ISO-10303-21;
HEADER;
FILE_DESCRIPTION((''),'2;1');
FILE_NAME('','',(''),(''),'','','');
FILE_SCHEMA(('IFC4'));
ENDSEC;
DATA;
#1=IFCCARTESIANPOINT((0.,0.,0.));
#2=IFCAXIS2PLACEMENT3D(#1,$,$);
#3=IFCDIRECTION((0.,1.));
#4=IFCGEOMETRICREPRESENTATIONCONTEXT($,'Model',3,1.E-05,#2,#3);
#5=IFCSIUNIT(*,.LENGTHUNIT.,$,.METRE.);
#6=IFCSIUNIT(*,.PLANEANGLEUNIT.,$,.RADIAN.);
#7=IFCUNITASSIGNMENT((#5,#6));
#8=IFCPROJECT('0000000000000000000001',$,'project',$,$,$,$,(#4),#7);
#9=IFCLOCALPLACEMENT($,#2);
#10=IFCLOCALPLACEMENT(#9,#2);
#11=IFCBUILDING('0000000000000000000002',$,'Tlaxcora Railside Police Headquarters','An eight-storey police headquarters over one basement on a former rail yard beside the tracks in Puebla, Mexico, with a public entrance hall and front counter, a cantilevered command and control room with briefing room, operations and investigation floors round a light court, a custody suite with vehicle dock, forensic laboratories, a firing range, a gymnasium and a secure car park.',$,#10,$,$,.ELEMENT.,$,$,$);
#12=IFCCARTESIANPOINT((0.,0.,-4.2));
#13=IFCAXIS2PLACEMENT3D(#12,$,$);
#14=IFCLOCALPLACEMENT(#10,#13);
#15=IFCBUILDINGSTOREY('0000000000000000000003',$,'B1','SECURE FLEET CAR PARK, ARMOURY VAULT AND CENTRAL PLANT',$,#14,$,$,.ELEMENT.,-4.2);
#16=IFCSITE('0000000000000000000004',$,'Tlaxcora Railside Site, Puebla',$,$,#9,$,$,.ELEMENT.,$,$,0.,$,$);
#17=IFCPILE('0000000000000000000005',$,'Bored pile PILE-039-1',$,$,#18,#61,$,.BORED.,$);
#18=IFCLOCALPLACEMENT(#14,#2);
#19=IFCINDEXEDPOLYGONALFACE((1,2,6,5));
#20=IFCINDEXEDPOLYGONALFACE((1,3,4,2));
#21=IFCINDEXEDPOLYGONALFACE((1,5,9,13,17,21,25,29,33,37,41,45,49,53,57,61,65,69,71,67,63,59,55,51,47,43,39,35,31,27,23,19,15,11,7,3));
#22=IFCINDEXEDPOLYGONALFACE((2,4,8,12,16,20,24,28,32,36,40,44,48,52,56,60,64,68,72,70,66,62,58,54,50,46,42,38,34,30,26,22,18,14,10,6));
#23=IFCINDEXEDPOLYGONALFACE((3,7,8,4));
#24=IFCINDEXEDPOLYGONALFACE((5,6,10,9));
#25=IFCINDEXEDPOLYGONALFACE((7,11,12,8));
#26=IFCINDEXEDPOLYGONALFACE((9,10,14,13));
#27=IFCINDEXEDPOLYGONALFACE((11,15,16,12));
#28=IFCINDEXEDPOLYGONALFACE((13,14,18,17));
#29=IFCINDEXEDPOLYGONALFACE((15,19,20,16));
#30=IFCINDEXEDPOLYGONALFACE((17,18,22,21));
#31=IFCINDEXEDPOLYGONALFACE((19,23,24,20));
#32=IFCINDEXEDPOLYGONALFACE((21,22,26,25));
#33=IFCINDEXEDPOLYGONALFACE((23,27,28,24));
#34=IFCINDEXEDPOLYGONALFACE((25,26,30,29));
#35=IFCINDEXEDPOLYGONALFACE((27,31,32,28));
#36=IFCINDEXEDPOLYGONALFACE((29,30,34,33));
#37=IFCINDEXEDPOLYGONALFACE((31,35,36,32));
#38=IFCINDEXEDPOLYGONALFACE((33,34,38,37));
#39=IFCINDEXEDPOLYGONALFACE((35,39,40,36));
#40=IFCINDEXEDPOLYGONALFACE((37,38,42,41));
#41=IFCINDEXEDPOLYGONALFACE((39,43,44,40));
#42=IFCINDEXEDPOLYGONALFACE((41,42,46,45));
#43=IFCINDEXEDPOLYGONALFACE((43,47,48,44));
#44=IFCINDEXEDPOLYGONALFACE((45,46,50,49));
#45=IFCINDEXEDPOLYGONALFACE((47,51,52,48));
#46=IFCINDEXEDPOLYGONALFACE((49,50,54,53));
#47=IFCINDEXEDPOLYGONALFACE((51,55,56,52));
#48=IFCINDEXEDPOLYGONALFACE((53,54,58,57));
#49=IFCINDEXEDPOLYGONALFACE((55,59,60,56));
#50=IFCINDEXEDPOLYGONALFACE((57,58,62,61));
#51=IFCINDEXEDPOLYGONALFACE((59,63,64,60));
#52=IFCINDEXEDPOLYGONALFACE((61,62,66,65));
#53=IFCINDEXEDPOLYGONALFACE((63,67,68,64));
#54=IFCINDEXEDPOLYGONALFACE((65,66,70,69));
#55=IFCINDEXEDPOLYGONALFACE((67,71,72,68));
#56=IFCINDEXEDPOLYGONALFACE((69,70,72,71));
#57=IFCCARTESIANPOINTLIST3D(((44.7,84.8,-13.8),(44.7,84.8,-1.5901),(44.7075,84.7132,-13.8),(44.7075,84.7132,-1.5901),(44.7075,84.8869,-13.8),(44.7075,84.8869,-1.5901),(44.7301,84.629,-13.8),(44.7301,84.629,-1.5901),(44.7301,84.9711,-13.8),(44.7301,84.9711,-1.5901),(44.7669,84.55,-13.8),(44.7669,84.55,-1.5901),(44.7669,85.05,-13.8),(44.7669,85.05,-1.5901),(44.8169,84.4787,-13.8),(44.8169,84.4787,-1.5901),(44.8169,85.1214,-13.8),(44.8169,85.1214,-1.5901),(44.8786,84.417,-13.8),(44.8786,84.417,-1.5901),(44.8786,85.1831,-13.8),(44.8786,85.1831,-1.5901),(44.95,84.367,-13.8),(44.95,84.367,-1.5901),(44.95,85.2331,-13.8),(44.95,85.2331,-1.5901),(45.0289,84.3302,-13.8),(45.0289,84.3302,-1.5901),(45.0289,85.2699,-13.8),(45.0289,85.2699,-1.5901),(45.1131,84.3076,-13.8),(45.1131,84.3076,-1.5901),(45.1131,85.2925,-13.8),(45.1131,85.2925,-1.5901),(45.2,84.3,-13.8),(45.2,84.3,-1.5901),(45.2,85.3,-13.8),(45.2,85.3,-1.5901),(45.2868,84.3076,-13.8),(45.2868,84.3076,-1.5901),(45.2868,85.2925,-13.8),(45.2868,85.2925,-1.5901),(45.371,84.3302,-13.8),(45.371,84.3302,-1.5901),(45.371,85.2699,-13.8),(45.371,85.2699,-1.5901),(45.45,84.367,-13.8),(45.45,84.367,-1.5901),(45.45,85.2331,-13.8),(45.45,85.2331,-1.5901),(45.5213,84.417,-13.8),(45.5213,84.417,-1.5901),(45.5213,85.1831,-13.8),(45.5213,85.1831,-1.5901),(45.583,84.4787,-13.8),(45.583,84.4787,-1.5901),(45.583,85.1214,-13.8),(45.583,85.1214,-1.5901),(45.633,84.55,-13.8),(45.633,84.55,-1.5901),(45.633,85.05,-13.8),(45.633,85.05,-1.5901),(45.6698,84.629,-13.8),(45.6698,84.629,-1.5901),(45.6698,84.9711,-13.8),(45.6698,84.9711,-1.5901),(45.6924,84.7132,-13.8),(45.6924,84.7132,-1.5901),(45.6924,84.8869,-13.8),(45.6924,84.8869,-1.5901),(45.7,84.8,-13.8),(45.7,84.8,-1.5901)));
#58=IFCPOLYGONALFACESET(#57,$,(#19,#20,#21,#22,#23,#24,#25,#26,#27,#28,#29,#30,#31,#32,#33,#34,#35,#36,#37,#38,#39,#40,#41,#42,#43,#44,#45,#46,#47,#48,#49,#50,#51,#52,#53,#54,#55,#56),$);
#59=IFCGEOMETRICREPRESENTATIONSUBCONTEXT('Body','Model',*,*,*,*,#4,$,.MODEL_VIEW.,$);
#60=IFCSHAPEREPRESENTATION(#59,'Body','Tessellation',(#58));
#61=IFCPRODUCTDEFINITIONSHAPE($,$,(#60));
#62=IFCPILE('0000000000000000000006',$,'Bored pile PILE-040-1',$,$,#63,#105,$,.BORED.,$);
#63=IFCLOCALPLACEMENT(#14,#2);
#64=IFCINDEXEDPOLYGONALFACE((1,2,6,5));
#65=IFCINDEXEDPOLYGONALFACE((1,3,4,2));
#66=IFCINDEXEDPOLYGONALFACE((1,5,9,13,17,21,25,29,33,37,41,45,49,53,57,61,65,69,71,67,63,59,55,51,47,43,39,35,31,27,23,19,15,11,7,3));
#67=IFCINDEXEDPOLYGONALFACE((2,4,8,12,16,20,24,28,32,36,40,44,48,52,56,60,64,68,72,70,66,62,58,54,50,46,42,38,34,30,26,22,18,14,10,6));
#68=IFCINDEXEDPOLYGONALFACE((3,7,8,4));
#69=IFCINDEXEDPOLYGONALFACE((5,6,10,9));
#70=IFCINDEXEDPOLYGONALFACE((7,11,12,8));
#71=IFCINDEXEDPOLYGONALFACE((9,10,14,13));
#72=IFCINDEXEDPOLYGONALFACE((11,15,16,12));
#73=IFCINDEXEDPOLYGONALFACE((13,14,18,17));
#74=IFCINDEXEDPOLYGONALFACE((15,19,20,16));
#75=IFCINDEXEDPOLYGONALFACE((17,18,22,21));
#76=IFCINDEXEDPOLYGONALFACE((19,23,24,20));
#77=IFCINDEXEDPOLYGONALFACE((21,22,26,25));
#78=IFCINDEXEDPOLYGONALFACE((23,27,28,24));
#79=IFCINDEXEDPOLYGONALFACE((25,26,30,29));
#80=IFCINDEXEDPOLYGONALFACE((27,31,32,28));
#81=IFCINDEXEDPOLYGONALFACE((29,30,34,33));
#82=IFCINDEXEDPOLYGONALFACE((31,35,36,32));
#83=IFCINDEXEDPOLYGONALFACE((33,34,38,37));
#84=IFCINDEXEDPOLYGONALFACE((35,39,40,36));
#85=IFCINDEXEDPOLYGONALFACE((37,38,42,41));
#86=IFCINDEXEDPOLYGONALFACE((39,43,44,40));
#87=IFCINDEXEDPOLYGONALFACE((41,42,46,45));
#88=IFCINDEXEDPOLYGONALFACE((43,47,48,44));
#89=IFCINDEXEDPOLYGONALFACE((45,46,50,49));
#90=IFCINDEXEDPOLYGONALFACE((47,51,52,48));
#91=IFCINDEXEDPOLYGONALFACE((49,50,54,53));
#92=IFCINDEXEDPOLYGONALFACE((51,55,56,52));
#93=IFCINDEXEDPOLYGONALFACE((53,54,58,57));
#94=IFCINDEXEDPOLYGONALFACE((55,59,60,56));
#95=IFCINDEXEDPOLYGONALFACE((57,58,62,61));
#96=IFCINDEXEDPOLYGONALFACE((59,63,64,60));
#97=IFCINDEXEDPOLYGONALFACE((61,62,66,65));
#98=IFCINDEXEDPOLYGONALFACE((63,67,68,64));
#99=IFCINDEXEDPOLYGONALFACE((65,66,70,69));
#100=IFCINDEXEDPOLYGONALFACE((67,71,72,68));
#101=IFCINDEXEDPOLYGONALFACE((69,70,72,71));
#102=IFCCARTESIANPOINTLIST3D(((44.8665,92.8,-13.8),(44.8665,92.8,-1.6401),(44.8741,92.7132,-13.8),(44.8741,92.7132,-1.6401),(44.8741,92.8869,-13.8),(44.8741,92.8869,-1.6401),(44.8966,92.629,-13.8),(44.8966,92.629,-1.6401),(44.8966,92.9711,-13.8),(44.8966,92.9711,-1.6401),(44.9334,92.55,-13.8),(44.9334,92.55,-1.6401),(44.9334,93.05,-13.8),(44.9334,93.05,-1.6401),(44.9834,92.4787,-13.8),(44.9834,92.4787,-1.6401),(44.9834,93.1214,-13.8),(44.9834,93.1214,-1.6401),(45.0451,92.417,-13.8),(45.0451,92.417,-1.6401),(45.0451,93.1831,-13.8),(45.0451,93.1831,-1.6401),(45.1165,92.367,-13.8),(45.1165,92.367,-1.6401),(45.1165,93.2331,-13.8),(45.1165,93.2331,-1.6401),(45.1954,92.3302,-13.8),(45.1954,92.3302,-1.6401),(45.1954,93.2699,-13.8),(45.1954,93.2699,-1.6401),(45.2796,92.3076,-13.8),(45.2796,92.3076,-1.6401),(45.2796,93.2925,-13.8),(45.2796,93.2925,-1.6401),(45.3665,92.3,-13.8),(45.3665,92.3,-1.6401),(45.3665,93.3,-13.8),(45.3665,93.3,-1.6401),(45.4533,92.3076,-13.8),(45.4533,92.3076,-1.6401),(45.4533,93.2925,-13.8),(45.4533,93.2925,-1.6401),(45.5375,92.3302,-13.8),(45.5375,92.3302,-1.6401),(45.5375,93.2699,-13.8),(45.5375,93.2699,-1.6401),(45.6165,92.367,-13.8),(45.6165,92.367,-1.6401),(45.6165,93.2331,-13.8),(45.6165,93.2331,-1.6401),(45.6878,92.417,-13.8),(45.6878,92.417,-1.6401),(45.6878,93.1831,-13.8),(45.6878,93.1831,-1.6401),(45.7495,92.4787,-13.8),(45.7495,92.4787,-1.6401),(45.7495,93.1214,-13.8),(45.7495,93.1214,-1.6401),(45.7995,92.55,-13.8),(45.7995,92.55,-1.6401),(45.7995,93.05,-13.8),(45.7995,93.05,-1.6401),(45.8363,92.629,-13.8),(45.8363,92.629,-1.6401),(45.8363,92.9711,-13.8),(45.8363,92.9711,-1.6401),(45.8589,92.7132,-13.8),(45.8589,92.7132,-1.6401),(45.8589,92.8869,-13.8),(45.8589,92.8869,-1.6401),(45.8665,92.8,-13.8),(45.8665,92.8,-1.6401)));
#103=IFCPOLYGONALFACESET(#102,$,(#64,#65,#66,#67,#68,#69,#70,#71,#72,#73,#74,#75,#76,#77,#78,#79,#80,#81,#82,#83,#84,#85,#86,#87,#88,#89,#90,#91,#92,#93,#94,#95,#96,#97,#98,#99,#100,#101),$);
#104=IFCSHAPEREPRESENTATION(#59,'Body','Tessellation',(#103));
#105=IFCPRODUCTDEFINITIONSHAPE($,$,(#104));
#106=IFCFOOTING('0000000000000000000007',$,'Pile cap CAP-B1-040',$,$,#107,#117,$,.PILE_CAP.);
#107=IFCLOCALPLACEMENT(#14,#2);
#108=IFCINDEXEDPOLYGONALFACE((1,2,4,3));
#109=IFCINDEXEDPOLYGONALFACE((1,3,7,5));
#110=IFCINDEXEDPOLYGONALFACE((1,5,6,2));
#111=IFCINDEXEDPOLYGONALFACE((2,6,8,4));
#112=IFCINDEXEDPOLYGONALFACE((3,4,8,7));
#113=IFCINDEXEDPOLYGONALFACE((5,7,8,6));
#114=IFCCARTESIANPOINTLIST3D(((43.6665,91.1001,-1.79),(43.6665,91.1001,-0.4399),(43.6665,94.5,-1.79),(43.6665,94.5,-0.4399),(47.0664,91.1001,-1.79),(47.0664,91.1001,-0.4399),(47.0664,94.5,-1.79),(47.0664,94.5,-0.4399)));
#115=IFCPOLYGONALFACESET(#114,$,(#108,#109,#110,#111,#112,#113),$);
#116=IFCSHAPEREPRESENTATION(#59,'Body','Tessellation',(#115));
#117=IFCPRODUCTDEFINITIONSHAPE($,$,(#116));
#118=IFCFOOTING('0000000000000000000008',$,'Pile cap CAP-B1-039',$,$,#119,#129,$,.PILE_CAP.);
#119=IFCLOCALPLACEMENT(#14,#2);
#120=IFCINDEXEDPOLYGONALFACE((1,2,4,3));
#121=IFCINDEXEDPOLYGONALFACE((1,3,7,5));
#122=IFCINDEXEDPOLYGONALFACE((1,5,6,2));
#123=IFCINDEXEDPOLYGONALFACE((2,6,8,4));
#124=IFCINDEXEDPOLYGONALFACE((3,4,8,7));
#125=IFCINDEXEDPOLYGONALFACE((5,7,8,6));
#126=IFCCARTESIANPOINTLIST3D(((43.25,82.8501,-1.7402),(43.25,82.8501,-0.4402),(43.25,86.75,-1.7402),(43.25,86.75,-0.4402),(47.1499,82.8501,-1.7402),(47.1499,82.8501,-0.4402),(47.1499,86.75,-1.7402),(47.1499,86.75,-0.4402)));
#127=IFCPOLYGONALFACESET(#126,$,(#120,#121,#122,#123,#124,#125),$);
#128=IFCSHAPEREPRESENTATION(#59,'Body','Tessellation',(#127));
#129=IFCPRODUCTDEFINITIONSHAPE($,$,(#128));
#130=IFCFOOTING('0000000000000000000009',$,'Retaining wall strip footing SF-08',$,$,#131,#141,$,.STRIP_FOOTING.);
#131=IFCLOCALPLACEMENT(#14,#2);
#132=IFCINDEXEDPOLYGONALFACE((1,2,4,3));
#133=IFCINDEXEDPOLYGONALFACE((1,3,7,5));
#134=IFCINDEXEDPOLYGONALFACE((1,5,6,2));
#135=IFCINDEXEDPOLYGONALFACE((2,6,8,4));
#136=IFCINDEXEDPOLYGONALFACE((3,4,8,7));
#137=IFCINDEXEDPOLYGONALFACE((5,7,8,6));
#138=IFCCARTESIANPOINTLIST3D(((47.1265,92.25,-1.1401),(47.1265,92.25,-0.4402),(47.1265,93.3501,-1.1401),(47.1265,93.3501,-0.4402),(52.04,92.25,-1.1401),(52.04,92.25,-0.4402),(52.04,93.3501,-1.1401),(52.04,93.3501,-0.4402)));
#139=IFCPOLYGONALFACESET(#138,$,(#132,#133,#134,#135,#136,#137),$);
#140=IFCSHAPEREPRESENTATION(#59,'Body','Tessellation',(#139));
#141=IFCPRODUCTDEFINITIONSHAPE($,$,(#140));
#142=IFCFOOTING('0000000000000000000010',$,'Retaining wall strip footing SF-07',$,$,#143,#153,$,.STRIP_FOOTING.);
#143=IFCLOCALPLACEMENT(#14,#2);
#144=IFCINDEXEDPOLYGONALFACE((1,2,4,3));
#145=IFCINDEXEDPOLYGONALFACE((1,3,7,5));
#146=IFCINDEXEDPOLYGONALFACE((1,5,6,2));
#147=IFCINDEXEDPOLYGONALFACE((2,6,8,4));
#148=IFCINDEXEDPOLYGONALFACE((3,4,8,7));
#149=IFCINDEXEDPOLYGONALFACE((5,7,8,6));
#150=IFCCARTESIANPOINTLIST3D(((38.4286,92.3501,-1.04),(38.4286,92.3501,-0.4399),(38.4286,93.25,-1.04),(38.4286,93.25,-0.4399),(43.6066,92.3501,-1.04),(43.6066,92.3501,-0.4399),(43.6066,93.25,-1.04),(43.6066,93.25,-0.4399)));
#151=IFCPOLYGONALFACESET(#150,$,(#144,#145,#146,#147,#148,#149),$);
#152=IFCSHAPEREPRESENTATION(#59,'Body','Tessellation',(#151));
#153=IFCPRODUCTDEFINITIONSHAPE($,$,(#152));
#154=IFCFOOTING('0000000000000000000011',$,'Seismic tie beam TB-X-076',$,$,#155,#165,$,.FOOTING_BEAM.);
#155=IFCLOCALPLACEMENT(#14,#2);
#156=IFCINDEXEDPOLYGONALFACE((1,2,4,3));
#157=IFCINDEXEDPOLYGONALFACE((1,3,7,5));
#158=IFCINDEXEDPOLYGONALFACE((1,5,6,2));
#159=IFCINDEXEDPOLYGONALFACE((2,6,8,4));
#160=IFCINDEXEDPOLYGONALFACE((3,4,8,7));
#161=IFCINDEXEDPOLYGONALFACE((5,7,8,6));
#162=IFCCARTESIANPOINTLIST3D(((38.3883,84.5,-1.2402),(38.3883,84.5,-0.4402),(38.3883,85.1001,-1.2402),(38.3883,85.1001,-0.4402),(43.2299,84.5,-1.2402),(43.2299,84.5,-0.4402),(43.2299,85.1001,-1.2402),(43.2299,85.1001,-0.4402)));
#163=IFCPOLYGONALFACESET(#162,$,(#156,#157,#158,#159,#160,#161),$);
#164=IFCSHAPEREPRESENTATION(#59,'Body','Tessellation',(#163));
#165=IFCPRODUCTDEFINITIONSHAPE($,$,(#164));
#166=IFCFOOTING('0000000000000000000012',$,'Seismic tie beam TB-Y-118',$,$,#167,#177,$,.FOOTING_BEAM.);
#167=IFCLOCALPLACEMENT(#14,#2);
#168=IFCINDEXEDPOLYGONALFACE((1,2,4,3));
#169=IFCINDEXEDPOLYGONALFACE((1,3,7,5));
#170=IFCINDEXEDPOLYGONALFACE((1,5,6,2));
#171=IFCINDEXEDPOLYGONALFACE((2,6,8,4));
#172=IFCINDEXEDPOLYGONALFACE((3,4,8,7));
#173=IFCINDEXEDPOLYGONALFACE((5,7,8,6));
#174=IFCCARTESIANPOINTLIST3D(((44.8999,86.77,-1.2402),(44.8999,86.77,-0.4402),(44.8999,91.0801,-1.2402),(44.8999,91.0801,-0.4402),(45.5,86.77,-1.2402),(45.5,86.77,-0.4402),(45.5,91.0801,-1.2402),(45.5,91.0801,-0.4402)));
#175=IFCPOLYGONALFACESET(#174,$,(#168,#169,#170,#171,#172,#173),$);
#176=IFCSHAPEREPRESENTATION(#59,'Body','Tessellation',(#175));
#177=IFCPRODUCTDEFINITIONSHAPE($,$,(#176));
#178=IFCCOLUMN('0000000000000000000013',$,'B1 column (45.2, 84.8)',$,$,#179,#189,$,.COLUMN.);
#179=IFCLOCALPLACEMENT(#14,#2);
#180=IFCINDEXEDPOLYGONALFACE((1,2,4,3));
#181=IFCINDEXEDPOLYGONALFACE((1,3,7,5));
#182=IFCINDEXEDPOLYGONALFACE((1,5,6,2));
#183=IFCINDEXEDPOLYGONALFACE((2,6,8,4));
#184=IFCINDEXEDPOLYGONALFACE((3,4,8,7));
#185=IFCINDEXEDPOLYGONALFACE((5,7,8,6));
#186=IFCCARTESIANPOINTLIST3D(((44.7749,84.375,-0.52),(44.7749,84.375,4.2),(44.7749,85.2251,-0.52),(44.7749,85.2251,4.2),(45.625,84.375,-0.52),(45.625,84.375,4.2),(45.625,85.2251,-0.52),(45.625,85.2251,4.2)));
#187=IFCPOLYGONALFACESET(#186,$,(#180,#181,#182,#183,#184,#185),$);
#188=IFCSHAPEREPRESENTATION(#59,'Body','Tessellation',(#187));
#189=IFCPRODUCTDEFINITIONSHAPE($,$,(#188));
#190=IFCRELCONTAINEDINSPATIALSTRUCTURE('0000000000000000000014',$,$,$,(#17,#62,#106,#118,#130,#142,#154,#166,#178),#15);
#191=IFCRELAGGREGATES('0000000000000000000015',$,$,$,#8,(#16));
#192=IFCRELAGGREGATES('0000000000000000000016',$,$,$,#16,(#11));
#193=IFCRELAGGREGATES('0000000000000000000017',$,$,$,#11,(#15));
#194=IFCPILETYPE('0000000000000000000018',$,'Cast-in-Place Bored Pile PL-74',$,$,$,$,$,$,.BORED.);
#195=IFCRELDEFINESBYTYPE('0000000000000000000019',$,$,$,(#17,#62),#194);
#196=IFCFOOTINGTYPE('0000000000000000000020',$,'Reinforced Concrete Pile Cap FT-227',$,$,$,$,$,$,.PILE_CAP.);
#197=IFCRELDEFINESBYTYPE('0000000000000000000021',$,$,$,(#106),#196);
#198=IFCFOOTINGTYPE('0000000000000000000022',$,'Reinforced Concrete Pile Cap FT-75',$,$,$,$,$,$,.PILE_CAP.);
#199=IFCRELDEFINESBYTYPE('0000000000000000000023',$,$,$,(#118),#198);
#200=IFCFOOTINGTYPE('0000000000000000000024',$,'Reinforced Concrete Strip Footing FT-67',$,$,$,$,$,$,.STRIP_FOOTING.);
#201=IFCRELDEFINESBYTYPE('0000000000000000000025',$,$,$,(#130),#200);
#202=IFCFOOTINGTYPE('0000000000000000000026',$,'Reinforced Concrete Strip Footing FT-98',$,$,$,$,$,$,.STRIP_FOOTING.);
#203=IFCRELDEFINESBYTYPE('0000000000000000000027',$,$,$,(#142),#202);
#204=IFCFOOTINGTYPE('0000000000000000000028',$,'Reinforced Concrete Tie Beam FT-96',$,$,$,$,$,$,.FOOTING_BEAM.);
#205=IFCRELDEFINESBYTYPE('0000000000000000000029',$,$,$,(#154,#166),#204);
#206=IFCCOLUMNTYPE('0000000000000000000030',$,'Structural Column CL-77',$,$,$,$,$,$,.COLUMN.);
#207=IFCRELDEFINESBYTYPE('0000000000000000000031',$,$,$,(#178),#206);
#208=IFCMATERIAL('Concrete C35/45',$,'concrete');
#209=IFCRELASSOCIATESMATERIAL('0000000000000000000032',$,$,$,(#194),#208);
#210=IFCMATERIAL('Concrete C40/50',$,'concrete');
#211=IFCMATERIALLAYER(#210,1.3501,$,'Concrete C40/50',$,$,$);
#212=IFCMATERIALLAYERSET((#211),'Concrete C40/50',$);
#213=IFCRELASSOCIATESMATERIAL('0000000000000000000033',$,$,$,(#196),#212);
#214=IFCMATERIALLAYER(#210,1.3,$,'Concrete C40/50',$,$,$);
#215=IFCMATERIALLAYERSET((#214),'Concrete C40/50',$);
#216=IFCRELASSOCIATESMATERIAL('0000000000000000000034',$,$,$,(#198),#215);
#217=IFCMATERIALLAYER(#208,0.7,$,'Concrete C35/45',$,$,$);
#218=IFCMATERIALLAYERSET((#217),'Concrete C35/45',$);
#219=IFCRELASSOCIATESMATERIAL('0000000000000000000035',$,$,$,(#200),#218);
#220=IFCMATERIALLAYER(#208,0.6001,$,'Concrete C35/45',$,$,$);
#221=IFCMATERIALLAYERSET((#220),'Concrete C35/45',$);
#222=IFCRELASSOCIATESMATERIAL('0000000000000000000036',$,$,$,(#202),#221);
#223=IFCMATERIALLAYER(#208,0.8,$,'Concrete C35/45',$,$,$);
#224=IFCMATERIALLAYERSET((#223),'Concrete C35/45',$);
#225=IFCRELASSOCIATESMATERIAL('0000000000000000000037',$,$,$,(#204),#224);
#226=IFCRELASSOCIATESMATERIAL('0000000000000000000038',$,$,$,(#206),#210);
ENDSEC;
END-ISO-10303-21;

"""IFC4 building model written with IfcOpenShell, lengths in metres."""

from ifc_helpers import new_model, si_unit, direction, frame, origin, origin_2d, place, context, subcontext, project, spatial, rectangle, circle, extrude, material, layer, layer_set, material_profile, profile_set, type_object, element, save


model = new_model("IFC4")

# Units and contexts
model_context = context("Model", 3, precision=1e-05, world=origin(), true_north=direction((0.0, 1.0)))
body_context = subcontext(model_context, "Body", "Model", "MODEL_VIEW")
ifc_project = project(units=[si_unit("LENGTHUNIT", "METRE"), si_unit("PLANEANGLEUNIT", "RADIAN")], contexts=[model_context])

# Site, building, storey
site_placement = place(None, origin())
site = spatial("IfcSite", under=ifc_project, at=site_placement, Name="Tlaxcora Railside Site, Puebla", CompositionType="ELEMENT", RefElevation=0.0)
building_placement = place(site_placement, origin())
building = spatial("IfcBuilding", under=site, at=building_placement, Name="Tlaxcora Railside Police Headquarters", Description="An eight-storey police headquarters over one basement on a former rail yard beside the tracks in Puebla, Mexico, with a public entrance hall and front counter, a cantilevered command and control room with briefing room, operations and investigation floors round a light court, a custody suite with vehicle dock, forensic laboratories, a firing range, a gymnasium and a secure car park.", CompositionType="ELEMENT")
storey_placement = place(building_placement, frame((0.0, 0.0, -4.2)))
storey = spatial("IfcBuildingStorey", under=building, at=storey_placement, Name="B1", Description="SECURE FLEET CAR PARK, ARMOURY VAULT AND CENTRAL PLANT", CompositionType="ELEMENT", Elevation=-4.2)

# Piles
ifc_material_1 = material(Name="Concrete C35/45", Category="concrete")
ifc_material_profile_1 = material_profile(ifc_material_1, circle(Radius=0.5, at=origin_2d()), Name="PILE1000")
ifc_profile_set_1 = profile_set([ifc_material_profile_1], Name="Concrete C35/45")
pile_type = type_object("IfcPileType", Name="Cast-in-Place Bored Pile PL-74", PredefinedType="BORED", material=ifc_profile_set_1)
pile_1_placement = place(storey_placement, frame((45.2, 84.8, -1.5901), z_axis=(0.0, 0.0, -1.0), x_axis=(1.0, 0.0, 0.0)))
element("IfcPile", 1, at=pile_1_placement, inside=storey, type_object=pile_type, Name="Bored pile PILE-039-1", PredefinedType="BORED", context=body_context, shape_type="SweptSolid", body=[
    extrude(circle(Radius=0.5, at=origin_2d()), origin(), (0.0, 0.0, 1.0), 12.21),
])
pile_2_placement = place(storey_placement, frame((45.3665, 92.8, -1.6401), z_axis=(0.0, 0.0, -1.0), x_axis=(1.0, 0.0, 0.0)))
element("IfcPile", 2, at=pile_2_placement, inside=storey, type_object=pile_type, Name="Bored pile PILE-040-1", PredefinedType="BORED", context=body_context, shape_type="SweptSolid", body=[
    extrude(circle(Radius=0.5, at=origin_2d()), origin(), (0.0, 0.0, 1.0), 12.1599),
])

# Footings
ifc_material_2 = material(Name="Concrete C40/50", Category="concrete")
ifc_layer_1 = layer(ifc_material_2, 1.3501, Name="Concrete C40/50")
ifc_layer_set_1 = layer_set([ifc_layer_1], Name="Concrete C40/50")
footing_type_1 = type_object("IfcFootingType", Name="Reinforced Concrete Pile Cap FT-227", PredefinedType="PILE_CAP", material=ifc_layer_set_1)
footing_1_placement = place(storey_placement, frame((45.3665, 92.8, -1.79), z_axis=(0.0, 0.0, 1.0), x_axis=(1.0, 0.0, 0.0)))
element("IfcFooting", 3, at=footing_1_placement, inside=storey, type_object=footing_type_1, Name="Pile cap CAP-B1-040", PredefinedType="PILE_CAP", context=body_context, shape_type="SweptSolid", body=[
    extrude(rectangle(XDim=3.3999, YDim=3.3999, at=origin_2d()), origin(), (0.0, 0.0, 1.0), 1.3501),
])
ifc_layer_2 = layer(ifc_material_2, 1.3, Name="Concrete C40/50")
ifc_layer_set_2 = layer_set([ifc_layer_2], Name="Concrete C40/50")
footing_type_2 = type_object("IfcFootingType", Name="Reinforced Concrete Pile Cap FT-75", PredefinedType="PILE_CAP", material=ifc_layer_set_2)
footing_2_placement = place(storey_placement, frame((45.2, 84.8, -1.7402), z_axis=(0.0, 0.0, 1.0), x_axis=(1.0, 0.0, 0.0)))
element("IfcFooting", 4, at=footing_2_placement, inside=storey, type_object=footing_type_2, Name="Pile cap CAP-B1-039", PredefinedType="PILE_CAP", context=body_context, shape_type="SweptSolid", body=[
    extrude(rectangle(XDim=3.8999, YDim=3.8999, at=origin_2d()), origin(), (0.0, 0.0, 1.0), 1.3),
])
ifc_layer_3 = layer(ifc_material_1, 0.7, Name="Concrete C35/45")
ifc_layer_set_3 = layer_set([ifc_layer_3], Name="Concrete C35/45")
footing_type_3 = type_object("IfcFootingType", Name="Reinforced Concrete Strip Footing FT-67", PredefinedType="STRIP_FOOTING", material=ifc_layer_set_3)
footing_3_placement = place(storey_placement, frame((49.5833, 92.8, -1.1401), z_axis=(0.0, 0.0, 1.0), x_axis=(1.0, 0.0, 0.0)))
element("IfcFooting", 5, at=footing_3_placement, inside=storey, type_object=footing_type_3, Name="Retaining wall strip footing SF-08", PredefinedType="STRIP_FOOTING", context=body_context, shape_type="SweptSolid", body=[
    extrude(rectangle(XDim=4.9136, YDim=1.1001, at=origin_2d()), origin(), (0.0, 0.0, 1.0), 0.7),
])
ifc_layer_4 = layer(ifc_material_1, 0.6001, Name="Concrete C35/45")
ifc_layer_set_4 = layer_set([ifc_layer_4], Name="Concrete C35/45")
footing_type_4 = type_object("IfcFootingType", Name="Reinforced Concrete Strip Footing FT-98", PredefinedType="STRIP_FOOTING", material=ifc_layer_set_4)
footing_4_placement = place(storey_placement, frame((41.0176, 92.8, -1.04), z_axis=(0.0, 0.0, 1.0), x_axis=(1.0, 0.0, 0.0)))
element("IfcFooting", 6, at=footing_4_placement, inside=storey, type_object=footing_type_4, Name="Retaining wall strip footing SF-07", PredefinedType="STRIP_FOOTING", context=body_context, shape_type="SweptSolid", body=[
    extrude(rectangle(XDim=5.178, YDim=0.8999, at=origin_2d()), origin(), (0.0, 0.0, 1.0), 0.6001),
])
ifc_layer_5 = layer(ifc_material_1, 0.8, Name="Concrete C35/45")
ifc_layer_set_5 = layer_set([ifc_layer_5], Name="Concrete C35/45")
footing_type_5 = type_object("IfcFootingType", Name="Reinforced Concrete Tie Beam FT-96", PredefinedType="FOOTING_BEAM", material=ifc_layer_set_5)
footing_5_placement = place(storey_placement, frame((40.8091, 84.8, -1.2402), z_axis=(0.0, 0.0, 1.0), x_axis=(1.0, 0.0, 0.0)))
element("IfcFooting", 7, at=footing_5_placement, inside=storey, type_object=footing_type_5, Name="Seismic tie beam TB-X-076", PredefinedType="FOOTING_BEAM", context=body_context, shape_type="SweptSolid", body=[
    extrude(rectangle(XDim=4.8416, YDim=0.6001, at=origin_2d()), origin(), (0.0, 0.0, 1.0), 0.8),
])
footing_6_placement = place(storey_placement, frame((45.2, 88.925, -1.2402), z_axis=(0.0, 0.0, 1.0), x_axis=(0.0, 1.0, 0.0)))
element("IfcFooting", 8, at=footing_6_placement, inside=storey, type_object=footing_type_5, Name="Seismic tie beam TB-Y-118", PredefinedType="FOOTING_BEAM", context=body_context, shape_type="SweptSolid", body=[
    extrude(rectangle(XDim=4.3101, YDim=0.6001, at=origin_2d()), origin(), (0.0, 0.0, 1.0), 0.8),
])

# Column
ifc_material_profile_2 = material_profile(ifc_material_2, rectangle(XDim=0.8501, YDim=0.8501, at=origin_2d()), Name="RC850X850")
ifc_profile_set_2 = profile_set([ifc_material_profile_2], Name="Concrete C40/50")
column_type = type_object("IfcColumnType", Name="Structural Column CL-77", PredefinedType="COLUMN", material=ifc_profile_set_2)
for number, where, z_axis, x_axis, name in (
    (9, (45.2, 84.8, -0.52), (0.0, 0.0, 1.0), (1.0, 0.0, 0.0), "B1 column (45.2, 84.8)"),
):
    element("IfcColumn", number, at=place(storey_placement, frame(where, z_axis=z_axis, x_axis=x_axis)), inside=storey, type_object=column_type, Name=name, PredefinedType="COLUMN", context=body_context, shape_type="SweptSolid", body=[
        extrude(rectangle(XDim=0.8501, YDim=0.8501, at=origin_2d()), origin(), (0.0, 0.0, 1.0), 4.72),
    ])

save(model, "model.ifc")
